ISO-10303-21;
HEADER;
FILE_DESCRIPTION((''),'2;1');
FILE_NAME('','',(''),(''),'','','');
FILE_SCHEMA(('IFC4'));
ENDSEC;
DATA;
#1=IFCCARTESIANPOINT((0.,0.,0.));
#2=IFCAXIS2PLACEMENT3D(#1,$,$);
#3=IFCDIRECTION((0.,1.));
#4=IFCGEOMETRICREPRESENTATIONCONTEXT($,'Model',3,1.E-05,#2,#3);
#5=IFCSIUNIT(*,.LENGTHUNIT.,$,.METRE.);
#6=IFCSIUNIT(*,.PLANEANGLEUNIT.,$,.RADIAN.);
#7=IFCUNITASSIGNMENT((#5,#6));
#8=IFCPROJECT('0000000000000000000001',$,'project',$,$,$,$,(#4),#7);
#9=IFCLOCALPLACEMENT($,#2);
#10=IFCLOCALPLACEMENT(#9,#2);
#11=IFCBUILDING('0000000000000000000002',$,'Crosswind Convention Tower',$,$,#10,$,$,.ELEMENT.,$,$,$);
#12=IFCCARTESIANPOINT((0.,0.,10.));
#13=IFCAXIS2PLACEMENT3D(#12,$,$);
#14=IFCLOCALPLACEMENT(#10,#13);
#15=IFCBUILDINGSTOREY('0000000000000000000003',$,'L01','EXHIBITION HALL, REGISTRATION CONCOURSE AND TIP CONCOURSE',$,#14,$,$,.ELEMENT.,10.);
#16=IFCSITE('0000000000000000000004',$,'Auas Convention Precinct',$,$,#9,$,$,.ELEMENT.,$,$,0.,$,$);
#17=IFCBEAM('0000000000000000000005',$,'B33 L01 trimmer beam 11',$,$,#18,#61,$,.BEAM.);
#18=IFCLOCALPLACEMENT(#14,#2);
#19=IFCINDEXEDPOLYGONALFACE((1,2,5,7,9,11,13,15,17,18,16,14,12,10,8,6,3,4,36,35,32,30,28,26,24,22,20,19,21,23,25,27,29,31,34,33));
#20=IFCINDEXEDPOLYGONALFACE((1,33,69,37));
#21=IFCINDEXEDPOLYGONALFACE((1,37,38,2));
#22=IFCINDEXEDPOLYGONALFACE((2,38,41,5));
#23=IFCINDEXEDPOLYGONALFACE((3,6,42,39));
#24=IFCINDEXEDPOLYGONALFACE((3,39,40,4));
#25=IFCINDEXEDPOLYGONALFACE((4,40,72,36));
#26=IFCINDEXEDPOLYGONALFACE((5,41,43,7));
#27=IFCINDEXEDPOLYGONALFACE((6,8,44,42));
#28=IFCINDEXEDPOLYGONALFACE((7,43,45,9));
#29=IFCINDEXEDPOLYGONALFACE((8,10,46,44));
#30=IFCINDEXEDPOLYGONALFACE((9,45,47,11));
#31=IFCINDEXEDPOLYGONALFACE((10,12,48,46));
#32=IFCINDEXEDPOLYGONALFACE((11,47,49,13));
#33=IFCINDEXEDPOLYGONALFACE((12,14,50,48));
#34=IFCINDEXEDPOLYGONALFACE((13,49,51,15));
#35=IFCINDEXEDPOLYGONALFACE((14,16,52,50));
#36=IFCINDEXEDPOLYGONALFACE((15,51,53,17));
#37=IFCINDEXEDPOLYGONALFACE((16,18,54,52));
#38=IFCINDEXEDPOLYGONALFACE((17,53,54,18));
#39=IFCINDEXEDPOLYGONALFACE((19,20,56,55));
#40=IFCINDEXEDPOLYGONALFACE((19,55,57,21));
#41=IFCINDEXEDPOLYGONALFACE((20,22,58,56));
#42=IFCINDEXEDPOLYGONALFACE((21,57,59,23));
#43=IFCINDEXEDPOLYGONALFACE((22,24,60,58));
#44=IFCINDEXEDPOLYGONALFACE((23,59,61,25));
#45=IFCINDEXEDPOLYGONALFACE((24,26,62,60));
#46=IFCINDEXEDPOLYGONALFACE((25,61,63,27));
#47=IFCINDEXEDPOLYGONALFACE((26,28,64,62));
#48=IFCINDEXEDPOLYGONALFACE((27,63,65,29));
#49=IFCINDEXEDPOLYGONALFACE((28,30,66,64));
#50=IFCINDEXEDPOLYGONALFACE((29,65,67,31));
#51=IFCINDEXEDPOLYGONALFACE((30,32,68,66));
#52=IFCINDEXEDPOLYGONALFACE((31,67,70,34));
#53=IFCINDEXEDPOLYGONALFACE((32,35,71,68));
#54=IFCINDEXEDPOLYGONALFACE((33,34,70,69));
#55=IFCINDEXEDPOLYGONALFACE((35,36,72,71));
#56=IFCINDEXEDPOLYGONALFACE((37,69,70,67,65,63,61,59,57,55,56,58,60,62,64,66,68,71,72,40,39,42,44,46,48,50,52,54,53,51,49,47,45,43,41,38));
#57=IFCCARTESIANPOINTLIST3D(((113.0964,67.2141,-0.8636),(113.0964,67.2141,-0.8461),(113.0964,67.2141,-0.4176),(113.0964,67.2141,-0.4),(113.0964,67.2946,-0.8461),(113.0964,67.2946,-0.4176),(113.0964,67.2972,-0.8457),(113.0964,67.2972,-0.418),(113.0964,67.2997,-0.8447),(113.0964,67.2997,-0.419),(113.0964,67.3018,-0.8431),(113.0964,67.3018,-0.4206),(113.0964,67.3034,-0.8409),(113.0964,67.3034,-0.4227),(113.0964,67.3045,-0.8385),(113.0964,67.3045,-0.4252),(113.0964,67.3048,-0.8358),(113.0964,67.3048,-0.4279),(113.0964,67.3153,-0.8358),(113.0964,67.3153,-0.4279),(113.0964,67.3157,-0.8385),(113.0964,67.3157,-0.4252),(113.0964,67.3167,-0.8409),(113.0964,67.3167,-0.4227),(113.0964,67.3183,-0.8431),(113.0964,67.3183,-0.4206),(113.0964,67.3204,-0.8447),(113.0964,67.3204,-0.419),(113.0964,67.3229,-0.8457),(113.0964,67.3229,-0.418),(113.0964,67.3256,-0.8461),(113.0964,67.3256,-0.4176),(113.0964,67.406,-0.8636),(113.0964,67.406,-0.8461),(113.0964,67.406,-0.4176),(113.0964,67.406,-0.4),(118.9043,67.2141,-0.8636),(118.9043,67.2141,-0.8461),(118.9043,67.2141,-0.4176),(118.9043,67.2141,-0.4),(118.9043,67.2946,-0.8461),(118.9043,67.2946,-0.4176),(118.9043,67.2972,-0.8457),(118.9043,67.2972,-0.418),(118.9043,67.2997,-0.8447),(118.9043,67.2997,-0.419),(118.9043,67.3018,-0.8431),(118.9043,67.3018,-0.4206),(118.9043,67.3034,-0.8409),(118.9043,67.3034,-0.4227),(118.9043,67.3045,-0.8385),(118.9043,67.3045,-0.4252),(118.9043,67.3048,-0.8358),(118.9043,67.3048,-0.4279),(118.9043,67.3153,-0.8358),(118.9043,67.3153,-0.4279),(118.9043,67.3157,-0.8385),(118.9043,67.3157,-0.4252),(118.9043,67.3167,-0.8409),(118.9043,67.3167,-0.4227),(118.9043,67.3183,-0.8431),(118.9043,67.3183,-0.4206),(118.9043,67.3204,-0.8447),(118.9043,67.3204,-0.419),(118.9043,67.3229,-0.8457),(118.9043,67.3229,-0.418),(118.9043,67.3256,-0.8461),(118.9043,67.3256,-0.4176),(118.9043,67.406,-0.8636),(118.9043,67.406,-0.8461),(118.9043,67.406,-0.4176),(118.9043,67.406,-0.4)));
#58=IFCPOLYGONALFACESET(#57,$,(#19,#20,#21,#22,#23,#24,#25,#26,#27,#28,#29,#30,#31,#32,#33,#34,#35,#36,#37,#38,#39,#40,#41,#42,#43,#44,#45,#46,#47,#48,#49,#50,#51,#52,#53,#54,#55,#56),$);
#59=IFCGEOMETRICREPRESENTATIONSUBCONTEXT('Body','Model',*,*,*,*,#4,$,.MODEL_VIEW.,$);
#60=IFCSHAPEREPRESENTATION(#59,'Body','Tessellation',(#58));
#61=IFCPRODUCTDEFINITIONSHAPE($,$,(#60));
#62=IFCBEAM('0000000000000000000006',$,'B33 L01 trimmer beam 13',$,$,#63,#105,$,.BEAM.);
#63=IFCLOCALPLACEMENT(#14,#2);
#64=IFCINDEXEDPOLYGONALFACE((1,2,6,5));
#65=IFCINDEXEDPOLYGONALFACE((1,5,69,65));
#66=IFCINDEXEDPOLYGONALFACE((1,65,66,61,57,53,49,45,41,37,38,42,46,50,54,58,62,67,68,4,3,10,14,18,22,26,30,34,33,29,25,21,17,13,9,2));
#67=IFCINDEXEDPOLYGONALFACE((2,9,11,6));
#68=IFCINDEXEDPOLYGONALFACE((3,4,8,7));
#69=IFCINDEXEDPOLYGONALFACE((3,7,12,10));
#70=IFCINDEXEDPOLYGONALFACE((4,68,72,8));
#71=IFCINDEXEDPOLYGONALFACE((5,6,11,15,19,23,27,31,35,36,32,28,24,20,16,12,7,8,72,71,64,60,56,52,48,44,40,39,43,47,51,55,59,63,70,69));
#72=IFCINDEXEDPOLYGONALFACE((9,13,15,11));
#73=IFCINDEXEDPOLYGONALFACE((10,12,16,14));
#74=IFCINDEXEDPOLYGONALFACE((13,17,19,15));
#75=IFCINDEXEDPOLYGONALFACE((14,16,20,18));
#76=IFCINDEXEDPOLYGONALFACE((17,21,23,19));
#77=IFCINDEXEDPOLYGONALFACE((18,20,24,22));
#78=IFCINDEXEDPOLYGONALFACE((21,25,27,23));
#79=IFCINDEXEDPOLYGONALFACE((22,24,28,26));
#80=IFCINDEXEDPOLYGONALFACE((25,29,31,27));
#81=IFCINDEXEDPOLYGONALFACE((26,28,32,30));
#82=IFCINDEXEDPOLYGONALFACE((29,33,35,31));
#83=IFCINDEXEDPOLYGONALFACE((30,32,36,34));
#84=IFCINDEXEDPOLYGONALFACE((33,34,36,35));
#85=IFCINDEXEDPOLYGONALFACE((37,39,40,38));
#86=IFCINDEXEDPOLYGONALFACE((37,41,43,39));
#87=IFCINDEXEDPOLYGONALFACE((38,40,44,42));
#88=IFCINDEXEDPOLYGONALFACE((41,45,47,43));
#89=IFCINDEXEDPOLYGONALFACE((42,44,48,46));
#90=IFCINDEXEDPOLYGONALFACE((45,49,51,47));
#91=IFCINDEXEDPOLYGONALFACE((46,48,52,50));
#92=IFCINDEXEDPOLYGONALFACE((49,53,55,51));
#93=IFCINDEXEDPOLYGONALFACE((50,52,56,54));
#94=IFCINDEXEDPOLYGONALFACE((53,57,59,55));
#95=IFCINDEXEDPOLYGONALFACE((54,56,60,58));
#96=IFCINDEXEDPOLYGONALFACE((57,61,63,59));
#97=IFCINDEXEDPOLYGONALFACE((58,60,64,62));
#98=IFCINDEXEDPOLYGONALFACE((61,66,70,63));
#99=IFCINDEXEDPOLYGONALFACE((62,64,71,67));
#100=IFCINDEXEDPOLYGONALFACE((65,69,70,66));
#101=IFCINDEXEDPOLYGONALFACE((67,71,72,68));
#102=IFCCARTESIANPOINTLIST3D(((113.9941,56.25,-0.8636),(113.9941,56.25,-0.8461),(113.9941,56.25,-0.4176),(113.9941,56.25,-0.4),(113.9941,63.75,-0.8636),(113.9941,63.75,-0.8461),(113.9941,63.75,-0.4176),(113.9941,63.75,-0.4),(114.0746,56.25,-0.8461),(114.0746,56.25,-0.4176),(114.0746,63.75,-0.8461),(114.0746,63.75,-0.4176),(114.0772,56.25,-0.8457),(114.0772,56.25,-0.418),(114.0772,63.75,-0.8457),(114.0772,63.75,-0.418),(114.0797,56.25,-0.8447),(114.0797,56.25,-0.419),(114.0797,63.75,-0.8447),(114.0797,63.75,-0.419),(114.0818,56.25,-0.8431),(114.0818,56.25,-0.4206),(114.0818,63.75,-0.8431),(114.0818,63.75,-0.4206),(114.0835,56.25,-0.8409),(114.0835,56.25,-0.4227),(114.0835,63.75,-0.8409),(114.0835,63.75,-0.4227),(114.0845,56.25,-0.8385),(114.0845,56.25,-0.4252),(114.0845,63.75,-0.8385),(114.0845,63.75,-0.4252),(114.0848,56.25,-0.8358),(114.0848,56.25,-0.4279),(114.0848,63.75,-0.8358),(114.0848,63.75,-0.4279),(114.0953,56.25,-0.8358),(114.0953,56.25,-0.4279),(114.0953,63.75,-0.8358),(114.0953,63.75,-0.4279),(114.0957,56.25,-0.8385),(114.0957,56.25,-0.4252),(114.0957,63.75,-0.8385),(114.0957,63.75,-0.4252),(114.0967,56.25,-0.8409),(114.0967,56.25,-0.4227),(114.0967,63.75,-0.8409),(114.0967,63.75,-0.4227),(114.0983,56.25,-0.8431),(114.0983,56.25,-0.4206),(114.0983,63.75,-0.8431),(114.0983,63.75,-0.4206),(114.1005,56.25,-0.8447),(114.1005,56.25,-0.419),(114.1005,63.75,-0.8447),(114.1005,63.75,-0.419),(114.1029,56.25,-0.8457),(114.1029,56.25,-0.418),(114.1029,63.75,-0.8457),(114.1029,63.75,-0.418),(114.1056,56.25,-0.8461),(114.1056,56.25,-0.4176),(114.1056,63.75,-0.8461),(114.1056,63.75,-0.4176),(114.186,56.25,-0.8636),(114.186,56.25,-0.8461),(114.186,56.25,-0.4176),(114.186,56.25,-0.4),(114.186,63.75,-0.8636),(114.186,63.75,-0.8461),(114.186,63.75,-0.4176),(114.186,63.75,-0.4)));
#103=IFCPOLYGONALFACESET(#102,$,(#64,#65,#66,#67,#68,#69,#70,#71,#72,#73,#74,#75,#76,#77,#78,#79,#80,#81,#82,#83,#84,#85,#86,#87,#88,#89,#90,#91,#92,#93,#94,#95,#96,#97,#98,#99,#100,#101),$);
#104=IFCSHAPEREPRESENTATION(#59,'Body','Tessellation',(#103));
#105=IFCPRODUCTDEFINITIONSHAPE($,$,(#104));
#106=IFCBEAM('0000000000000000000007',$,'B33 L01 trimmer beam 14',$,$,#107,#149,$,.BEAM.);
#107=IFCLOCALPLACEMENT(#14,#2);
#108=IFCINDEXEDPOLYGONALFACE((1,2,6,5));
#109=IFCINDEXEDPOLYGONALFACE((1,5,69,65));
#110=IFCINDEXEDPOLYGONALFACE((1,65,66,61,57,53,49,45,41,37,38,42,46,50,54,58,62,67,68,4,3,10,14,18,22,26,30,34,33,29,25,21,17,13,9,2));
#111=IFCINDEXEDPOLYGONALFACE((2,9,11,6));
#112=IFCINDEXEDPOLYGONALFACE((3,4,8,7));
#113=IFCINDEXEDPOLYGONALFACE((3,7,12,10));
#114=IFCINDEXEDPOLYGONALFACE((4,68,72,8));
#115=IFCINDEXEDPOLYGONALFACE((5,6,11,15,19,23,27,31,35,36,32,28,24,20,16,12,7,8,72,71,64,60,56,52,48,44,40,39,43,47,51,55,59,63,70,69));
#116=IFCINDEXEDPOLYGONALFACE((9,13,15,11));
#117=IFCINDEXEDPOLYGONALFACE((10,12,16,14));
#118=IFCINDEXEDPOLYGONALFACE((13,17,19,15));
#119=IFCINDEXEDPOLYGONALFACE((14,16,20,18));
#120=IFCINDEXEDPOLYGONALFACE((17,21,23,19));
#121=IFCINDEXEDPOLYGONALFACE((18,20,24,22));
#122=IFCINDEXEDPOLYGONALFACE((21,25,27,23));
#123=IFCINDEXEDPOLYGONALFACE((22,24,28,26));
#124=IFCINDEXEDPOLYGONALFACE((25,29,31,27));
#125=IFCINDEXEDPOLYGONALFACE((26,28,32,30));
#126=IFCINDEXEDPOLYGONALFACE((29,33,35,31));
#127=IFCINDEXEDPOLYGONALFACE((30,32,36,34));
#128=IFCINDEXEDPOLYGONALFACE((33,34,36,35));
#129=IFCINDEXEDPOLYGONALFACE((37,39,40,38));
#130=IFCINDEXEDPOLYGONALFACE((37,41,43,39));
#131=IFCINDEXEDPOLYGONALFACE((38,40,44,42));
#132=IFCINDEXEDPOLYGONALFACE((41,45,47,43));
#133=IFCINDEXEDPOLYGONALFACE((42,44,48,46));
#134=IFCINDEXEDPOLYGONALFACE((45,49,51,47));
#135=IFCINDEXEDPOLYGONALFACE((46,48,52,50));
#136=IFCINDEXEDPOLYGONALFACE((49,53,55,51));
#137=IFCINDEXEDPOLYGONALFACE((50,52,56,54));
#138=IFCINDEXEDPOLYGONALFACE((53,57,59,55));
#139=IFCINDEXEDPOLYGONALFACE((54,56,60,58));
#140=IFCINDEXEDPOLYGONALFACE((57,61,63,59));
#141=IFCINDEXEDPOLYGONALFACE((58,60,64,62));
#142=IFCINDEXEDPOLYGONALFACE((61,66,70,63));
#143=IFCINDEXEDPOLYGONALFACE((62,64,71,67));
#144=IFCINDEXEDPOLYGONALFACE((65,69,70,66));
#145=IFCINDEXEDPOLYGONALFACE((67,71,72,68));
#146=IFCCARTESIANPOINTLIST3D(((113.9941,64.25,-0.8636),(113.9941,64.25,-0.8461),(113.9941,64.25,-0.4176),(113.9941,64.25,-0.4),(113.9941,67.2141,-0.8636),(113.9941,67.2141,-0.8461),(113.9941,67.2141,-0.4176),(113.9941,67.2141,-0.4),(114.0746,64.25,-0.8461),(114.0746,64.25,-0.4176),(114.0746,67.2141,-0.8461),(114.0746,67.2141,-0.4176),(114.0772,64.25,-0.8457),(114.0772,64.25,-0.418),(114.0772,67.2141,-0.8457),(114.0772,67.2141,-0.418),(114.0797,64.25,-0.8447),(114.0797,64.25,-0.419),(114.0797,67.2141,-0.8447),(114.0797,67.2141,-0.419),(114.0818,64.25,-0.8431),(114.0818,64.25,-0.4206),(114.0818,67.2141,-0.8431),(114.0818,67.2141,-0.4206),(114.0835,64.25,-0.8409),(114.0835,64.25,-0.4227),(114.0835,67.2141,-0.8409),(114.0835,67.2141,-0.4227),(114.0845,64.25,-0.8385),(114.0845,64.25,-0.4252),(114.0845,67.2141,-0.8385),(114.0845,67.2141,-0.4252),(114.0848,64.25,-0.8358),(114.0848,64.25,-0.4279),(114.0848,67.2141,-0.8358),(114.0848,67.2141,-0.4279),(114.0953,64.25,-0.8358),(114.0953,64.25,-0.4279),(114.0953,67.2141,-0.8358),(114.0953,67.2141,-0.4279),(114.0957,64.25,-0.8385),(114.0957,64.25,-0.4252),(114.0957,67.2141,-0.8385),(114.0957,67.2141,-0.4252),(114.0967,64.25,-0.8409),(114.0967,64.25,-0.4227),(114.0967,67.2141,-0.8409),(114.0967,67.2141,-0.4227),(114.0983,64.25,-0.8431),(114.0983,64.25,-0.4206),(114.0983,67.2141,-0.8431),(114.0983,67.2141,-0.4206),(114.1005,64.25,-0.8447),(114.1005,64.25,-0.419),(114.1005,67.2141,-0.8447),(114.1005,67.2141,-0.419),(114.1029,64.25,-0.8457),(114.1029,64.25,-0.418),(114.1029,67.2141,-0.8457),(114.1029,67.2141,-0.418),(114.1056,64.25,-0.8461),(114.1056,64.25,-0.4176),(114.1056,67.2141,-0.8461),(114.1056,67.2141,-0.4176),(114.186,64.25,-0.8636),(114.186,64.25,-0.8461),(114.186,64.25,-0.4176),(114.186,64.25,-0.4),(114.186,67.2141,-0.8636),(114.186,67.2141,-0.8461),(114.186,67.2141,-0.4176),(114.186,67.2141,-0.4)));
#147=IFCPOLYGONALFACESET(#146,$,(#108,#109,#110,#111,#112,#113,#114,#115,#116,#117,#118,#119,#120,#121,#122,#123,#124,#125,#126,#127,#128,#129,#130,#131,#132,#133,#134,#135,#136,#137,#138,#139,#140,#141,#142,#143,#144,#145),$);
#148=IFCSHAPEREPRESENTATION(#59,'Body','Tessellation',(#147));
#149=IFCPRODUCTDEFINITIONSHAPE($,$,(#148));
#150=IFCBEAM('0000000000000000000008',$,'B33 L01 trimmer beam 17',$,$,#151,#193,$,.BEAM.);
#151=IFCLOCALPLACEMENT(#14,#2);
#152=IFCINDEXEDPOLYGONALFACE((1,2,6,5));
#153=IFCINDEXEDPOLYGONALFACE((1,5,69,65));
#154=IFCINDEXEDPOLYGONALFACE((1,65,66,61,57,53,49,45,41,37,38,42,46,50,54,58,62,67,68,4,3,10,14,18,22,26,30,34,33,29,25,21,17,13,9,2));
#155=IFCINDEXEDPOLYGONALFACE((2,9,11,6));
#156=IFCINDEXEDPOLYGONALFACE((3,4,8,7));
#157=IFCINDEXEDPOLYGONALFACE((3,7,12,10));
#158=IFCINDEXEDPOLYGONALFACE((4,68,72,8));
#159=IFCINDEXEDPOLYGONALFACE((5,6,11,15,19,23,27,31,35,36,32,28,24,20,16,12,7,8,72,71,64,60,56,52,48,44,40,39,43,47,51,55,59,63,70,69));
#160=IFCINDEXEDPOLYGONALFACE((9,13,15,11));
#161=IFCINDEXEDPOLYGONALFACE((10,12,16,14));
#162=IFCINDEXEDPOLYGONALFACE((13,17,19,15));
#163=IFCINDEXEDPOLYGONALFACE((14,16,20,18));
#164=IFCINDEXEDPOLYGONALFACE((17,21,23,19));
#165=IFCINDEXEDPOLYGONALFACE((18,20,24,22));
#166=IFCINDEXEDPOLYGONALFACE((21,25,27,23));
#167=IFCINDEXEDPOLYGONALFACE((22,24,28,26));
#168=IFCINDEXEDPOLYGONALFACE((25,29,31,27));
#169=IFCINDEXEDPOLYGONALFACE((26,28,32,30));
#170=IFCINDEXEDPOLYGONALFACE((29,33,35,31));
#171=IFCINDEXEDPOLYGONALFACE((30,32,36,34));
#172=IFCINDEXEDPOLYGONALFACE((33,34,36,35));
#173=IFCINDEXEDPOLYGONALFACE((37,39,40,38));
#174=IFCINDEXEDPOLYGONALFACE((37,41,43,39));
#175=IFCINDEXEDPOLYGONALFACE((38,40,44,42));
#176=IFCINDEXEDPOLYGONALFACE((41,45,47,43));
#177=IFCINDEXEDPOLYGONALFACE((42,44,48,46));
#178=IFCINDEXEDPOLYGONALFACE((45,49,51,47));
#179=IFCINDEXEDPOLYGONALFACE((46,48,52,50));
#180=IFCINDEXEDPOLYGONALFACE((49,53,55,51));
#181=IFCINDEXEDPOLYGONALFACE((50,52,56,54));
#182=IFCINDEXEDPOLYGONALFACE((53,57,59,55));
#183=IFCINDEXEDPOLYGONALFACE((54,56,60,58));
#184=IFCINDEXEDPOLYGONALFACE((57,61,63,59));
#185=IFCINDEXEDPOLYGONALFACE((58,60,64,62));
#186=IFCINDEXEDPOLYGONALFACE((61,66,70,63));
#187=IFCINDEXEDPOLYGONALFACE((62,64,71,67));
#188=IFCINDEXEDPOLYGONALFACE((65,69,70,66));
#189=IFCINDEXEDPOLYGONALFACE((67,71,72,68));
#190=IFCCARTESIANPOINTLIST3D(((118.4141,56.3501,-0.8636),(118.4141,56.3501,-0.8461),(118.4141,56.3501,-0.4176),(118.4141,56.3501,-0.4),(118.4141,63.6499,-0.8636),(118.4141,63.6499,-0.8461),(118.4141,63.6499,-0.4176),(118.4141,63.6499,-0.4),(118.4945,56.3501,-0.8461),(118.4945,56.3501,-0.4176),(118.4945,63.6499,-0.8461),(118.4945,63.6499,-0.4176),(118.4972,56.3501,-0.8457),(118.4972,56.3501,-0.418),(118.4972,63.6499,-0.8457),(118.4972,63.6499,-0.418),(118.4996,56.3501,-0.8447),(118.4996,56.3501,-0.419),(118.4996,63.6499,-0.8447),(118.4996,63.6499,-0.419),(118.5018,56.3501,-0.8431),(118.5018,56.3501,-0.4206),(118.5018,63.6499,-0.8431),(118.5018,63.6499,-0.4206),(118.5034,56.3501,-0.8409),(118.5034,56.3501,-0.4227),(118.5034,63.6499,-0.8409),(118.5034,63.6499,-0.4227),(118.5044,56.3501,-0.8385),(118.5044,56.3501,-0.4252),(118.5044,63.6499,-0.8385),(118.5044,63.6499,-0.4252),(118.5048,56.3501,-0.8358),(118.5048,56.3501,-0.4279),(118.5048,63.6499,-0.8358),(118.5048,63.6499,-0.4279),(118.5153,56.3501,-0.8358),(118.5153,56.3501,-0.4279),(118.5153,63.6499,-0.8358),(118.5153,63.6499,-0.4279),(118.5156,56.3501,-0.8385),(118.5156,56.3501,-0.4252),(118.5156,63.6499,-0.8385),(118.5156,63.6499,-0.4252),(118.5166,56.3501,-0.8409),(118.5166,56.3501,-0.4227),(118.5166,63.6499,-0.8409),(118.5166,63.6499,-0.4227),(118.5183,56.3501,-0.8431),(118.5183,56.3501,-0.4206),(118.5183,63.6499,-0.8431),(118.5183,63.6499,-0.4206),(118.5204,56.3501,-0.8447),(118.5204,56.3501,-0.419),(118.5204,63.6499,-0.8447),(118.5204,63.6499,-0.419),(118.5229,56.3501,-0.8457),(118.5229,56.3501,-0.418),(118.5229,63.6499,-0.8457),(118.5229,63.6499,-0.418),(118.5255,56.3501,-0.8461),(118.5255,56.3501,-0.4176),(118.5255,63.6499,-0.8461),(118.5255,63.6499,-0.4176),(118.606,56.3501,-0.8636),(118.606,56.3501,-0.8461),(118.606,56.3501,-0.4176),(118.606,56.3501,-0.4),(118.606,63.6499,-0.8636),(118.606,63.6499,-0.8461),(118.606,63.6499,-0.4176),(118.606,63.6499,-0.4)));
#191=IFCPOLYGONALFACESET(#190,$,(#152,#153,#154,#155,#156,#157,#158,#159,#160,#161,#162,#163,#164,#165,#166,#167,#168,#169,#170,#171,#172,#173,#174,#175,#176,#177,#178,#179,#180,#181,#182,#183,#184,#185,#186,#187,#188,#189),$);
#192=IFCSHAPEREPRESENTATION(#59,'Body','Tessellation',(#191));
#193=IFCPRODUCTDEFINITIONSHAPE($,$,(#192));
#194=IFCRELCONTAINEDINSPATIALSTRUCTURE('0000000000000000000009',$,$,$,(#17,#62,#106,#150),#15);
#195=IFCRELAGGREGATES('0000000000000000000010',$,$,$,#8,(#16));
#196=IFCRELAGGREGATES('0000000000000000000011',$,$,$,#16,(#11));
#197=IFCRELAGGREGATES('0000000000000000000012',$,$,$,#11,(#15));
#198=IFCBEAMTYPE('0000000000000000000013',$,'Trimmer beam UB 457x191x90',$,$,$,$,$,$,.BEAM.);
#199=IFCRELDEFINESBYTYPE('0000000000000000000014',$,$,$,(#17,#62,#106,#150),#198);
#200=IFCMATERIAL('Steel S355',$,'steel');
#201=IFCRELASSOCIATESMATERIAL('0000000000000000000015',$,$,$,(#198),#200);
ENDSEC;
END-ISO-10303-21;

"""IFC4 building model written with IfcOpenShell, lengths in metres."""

from ifc_helpers import new_model, si_unit, direction, frame, origin, origin_2d, place, context, subcontext, project, spatial, i_section, extrude, material, material_profile, profile_set, type_object, element, save


model = new_model("IFC4")

# Units and contexts
model_context = context("Model", 3, precision=1e-05, world=origin(), true_north=direction((0.0, 1.0)))
body_context = subcontext(model_context, "Body", "Model", "MODEL_VIEW")
ifc_project = project(units=[si_unit("LENGTHUNIT", "METRE"), si_unit("PLANEANGLEUNIT", "RADIAN")], contexts=[model_context])

# Site, building, storey
site_placement = place(None, origin())
site = spatial("IfcSite", under=ifc_project, at=site_placement, Name="Auas Convention Precinct", CompositionType="ELEMENT", RefElevation=0.0)
building_placement = place(site_placement, origin())
building = spatial("IfcBuilding", under=site, at=building_placement, Name="Crosswind Convention Tower", CompositionType="ELEMENT")
storey_placement = place(building_placement, frame((0.0, 0.0, 10.0)))
storey = spatial("IfcBuildingStorey", under=building, at=storey_placement, Name="L01", Description="EXHIBITION HALL, REGISTRATION CONCOURSE AND TIP CONCOURSE", CompositionType="ELEMENT", Elevation=10.0)

# Shared definitions
ifc_material_1 = material(Name="Steel S355", Category="steel")

# Beams
ifc_material_profile_1 = material_profile(ifc_material_1, i_section(OverallWidth=0.1919, OverallDepth=0.4636, WebThickness=0.0105, FlangeThickness=0.0176, FilletRadius=0.0103, at=origin_2d()), Name="UB 457x191x90")
ifc_profile_set_1 = profile_set([ifc_material_profile_1], Name="Steel S355")
beam_type_1 = type_object("IfcBeamType", Name="Trimmer beam UB 457x191x90", PredefinedType="BEAM", material=ifc_profile_set_1)
beam_1_placement = place(storey_placement, frame((113.0964, 67.3101, -0.6318), z_axis=(1.0, 0.0, 0.0), x_axis=(0.0, 1.0, 0.0)))
element("IfcBeam", 1, at=beam_1_placement, inside=storey, type_object=beam_type_1, Name="B33 L01 trimmer beam 11", PredefinedType="BEAM", context=body_context, shape_type="SweptSolid", body=[
    extrude(i_section(OverallWidth=0.1919, OverallDepth=0.4636, WebThickness=0.0105, FlangeThickness=0.0176, FilletRadius=0.0103, at=origin_2d()), origin(), (0.0, 0.0, 1.0), 5.8079),
])
beam_2_placement = place(storey_placement, frame((114.0901, 63.75, -0.6318), z_axis=(0.0, -1.0, 0.0), x_axis=(1.0, 0.0, 0.0)))
element("IfcBeam", 2, at=beam_2_placement, inside=storey, type_object=beam_type_1, Name="B33 L01 trimmer beam 13", PredefinedType="BEAM", context=body_context, shape_type="SweptSolid", body=[
    extrude(i_section(OverallWidth=0.1919, OverallDepth=0.4636, WebThickness=0.0105, FlangeThickness=0.0176, FilletRadius=0.0103, at=origin_2d()), origin(), (0.0, 0.0, 1.0), 7.5),
])
beam_3_placement = place(storey_placement, frame((114.0901, 67.2141, -0.6318), z_axis=(0.0, -1.0, 0.0), x_axis=(1.0, 0.0, 0.0)))
element("IfcBeam", 3, at=beam_3_placement, inside=storey, type_object=beam_type_1, Name="B33 L01 trimmer beam 14", PredefinedType="BEAM", context=body_context, shape_type="SweptSolid", body=[
    extrude(i_section(OverallWidth=0.1919, OverallDepth=0.4636, WebThickness=0.0105, FlangeThickness=0.0176, FilletRadius=0.0103, at=origin_2d()), origin(), (0.0, 0.0, 1.0), 2.9641),
])
beam_4_placement = place(storey_placement, frame((118.51, 63.6499, -0.6318), z_axis=(0.0, -1.0, 0.0), x_axis=(1.0, 0.0, 0.0)))
element("IfcBeam", 4, at=beam_4_placement, inside=storey, type_object=beam_type_1, Name="B33 L01 trimmer beam 17", PredefinedType="BEAM", context=body_context, shape_type="SweptSolid", body=[
    extrude(i_section(OverallWidth=0.1919, OverallDepth=0.4636, WebThickness=0.0105, FlangeThickness=0.0176, FilletRadius=0.0103, at=origin_2d()), origin(), (0.0, 0.0, 1.0), 7.2998),
])

save(model, "model.ifc")
